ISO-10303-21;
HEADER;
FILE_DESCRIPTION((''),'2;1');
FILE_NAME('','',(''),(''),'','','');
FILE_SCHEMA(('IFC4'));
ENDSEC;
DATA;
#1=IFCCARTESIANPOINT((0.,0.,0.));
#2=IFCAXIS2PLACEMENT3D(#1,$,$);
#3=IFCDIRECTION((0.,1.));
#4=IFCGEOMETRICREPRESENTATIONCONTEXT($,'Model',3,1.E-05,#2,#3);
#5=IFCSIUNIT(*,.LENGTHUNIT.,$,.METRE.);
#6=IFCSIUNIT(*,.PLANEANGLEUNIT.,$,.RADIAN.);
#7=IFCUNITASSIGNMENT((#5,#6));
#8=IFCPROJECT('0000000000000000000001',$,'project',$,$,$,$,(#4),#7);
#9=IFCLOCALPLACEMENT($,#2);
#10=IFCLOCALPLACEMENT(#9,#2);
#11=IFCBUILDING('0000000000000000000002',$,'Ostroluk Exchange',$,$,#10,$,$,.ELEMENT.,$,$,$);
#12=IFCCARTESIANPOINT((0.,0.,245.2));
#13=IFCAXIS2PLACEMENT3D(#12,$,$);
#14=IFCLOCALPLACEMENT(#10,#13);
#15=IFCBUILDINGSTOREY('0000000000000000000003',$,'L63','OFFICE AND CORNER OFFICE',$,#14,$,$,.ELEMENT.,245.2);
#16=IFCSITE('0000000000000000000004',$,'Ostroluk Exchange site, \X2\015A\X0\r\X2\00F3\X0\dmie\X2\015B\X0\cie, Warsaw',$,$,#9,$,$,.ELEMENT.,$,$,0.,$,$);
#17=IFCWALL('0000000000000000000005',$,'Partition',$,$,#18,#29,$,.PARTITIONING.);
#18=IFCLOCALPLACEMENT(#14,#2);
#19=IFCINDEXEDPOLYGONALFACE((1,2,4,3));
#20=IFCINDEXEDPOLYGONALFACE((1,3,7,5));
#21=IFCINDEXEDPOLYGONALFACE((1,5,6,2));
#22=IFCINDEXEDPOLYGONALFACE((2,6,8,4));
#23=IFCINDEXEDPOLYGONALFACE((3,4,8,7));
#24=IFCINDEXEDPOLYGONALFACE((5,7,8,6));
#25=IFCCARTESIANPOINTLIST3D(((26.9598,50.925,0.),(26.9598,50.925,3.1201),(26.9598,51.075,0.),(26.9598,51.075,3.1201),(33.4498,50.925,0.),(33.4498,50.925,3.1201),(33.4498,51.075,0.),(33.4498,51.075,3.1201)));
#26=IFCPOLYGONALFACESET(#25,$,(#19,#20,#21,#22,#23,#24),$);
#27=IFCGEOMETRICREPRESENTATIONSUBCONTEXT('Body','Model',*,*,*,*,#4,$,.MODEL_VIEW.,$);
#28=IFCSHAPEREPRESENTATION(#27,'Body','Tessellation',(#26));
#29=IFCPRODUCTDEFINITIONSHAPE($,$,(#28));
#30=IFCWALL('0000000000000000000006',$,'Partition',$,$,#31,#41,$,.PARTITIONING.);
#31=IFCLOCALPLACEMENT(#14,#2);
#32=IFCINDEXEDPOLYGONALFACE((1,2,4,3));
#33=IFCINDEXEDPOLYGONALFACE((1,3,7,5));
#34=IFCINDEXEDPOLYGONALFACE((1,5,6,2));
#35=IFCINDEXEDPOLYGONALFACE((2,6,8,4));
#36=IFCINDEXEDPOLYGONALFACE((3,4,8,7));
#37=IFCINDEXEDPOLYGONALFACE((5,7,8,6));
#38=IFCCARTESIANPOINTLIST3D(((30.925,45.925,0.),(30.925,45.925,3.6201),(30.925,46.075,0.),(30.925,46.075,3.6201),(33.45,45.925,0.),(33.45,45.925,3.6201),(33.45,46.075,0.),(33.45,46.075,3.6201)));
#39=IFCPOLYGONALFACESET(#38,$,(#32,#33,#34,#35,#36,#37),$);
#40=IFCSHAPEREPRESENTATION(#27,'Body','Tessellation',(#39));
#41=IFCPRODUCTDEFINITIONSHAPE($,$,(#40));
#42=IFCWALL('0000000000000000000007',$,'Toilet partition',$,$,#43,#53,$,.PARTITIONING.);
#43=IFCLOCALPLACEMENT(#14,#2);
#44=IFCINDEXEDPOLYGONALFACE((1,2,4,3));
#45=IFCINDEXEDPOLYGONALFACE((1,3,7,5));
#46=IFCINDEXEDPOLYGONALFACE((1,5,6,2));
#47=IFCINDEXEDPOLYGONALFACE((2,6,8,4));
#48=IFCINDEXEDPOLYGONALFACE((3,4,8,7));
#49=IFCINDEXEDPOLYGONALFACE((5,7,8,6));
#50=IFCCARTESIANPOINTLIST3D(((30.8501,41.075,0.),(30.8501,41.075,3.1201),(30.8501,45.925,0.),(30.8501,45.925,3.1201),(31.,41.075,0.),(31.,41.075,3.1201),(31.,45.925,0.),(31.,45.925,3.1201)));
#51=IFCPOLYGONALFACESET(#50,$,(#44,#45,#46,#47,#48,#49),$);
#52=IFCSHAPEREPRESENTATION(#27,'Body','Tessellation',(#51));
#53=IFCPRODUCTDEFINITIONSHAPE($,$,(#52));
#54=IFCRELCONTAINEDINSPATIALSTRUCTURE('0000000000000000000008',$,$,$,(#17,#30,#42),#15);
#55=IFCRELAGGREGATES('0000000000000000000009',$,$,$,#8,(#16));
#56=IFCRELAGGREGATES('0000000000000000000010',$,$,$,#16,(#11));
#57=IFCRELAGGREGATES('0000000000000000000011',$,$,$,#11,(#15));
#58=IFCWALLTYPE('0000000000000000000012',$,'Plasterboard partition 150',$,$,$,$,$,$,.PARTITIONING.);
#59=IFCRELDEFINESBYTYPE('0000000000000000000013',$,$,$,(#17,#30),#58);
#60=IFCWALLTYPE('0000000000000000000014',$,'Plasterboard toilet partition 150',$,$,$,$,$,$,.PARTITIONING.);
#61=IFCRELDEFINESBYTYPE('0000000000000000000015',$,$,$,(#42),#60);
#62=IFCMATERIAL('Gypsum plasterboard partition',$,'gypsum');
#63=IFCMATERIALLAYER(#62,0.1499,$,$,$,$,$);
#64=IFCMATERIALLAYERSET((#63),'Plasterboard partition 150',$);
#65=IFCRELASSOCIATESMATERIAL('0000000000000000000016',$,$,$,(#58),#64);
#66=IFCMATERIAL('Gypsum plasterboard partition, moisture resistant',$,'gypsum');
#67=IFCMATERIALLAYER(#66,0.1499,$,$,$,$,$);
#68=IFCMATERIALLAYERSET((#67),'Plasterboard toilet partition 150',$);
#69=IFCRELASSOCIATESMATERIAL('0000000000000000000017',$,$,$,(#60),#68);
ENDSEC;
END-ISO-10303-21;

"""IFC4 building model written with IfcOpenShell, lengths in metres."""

from ifc_helpers import new_model, si_unit, direction, frame, frame_2d, origin, place, context, subcontext, project, spatial, rectangle, extrude, material, layer, layer_set, type_object, element, save


model = new_model("IFC4")

# Units and contexts
model_context = context("Model", 3, precision=1e-05, world=origin(), true_north=direction((0.0, 1.0)))
body_context = subcontext(model_context, "Body", "Model", "MODEL_VIEW")
ifc_project = project(units=[si_unit("LENGTHUNIT", "METRE"), si_unit("PLANEANGLEUNIT", "RADIAN")], contexts=[model_context])

# Site, building, storey
site_placement = place(None, origin())
site = spatial("IfcSite", under=ifc_project, at=site_placement, Name="Ostroluk Exchange site, Śródmieście, Warsaw", CompositionType="ELEMENT", RefElevation=0.0)
building_placement = place(site_placement, origin())
building = spatial("IfcBuilding", under=site, at=building_placement, Name="Ostroluk Exchange", CompositionType="ELEMENT")
storey_placement = place(building_placement, frame((0.0, 0.0, 245.2)))
storey = spatial("IfcBuildingStorey", under=building, at=storey_placement, Name="L63", Description="OFFICE AND CORNER OFFICE", CompositionType="ELEMENT", Elevation=245.2)

# Shared definitions
ifc_material_1 = material(Name="Gypsum plasterboard partition", Category="gypsum")
ifc_layer_1 = layer(ifc_material_1, 0.1499)
ifc_layer_set_1 = layer_set([ifc_layer_1], Name="Plasterboard partition 150")
wall_type_1 = type_object("IfcWallType", Name="Plasterboard partition 150", PredefinedType="PARTITIONING", material=ifc_layer_set_1)

# Walls
wall_1_placement = place(storey_placement, frame((33.45, 51.0, 0.0), z_axis=(0.0, 0.0, 1.0), x_axis=(-1.0, 0.0, 0.0)))
element("IfcWall", 1, at=wall_1_placement, inside=storey, type_object=wall_type_1, Name="Partition", PredefinedType="PARTITIONING", context=body_context, shape_type="SweptSolid", body=[
    extrude(rectangle(XDim=6.49, YDim=0.1499, at=frame_2d((3.2451, 0.0))), origin(), (0.0, 0.0, 1.0), 3.1201),
])
wall_2_placement = place(storey_placement, frame((33.45, 46.0, 0.0), z_axis=(0.0, 0.0, 1.0), x_axis=(-1.0, 0.0, 0.0)))
element("IfcWall", 2, at=wall_2_placement, inside=storey, type_object=wall_type_1, Name="Partition", PredefinedType="PARTITIONING", context=body_context, shape_type="SweptSolid", body=[
    extrude(rectangle(XDim=2.5249, YDim=0.1499, at=frame_2d((1.2625, 0.0))), origin(), (0.0, 0.0, 1.0), 3.6201),
])
ifc_material_2 = material(Name="Gypsum plasterboard partition, moisture resistant", Category="gypsum")
ifc_layer_2 = layer(ifc_material_2, 0.1499)
ifc_layer_set_2 = layer_set([ifc_layer_2], Name="Plasterboard toilet partition 150")
wall_type_2 = type_object("IfcWallType", Name="Plasterboard toilet partition 150", PredefinedType="PARTITIONING", material=ifc_layer_set_2)
wall_3_placement = place(storey_placement, frame((30.925, 45.925, 0.0), z_axis=(0.0, 0.0, 1.0), x_axis=(0.0, -1.0, 0.0)))
element("IfcWall", 3, at=wall_3_placement, inside=storey, type_object=wall_type_2, Name="Toilet partition", PredefinedType="PARTITIONING", context=body_context, shape_type="SweptSolid", body=[
    extrude(rectangle(XDim=4.8501, YDim=0.1499, at=frame_2d((2.425, 0.0))), origin(), (0.0, 0.0, 1.0), 3.1201),
])

save(model, "model.ifc")
